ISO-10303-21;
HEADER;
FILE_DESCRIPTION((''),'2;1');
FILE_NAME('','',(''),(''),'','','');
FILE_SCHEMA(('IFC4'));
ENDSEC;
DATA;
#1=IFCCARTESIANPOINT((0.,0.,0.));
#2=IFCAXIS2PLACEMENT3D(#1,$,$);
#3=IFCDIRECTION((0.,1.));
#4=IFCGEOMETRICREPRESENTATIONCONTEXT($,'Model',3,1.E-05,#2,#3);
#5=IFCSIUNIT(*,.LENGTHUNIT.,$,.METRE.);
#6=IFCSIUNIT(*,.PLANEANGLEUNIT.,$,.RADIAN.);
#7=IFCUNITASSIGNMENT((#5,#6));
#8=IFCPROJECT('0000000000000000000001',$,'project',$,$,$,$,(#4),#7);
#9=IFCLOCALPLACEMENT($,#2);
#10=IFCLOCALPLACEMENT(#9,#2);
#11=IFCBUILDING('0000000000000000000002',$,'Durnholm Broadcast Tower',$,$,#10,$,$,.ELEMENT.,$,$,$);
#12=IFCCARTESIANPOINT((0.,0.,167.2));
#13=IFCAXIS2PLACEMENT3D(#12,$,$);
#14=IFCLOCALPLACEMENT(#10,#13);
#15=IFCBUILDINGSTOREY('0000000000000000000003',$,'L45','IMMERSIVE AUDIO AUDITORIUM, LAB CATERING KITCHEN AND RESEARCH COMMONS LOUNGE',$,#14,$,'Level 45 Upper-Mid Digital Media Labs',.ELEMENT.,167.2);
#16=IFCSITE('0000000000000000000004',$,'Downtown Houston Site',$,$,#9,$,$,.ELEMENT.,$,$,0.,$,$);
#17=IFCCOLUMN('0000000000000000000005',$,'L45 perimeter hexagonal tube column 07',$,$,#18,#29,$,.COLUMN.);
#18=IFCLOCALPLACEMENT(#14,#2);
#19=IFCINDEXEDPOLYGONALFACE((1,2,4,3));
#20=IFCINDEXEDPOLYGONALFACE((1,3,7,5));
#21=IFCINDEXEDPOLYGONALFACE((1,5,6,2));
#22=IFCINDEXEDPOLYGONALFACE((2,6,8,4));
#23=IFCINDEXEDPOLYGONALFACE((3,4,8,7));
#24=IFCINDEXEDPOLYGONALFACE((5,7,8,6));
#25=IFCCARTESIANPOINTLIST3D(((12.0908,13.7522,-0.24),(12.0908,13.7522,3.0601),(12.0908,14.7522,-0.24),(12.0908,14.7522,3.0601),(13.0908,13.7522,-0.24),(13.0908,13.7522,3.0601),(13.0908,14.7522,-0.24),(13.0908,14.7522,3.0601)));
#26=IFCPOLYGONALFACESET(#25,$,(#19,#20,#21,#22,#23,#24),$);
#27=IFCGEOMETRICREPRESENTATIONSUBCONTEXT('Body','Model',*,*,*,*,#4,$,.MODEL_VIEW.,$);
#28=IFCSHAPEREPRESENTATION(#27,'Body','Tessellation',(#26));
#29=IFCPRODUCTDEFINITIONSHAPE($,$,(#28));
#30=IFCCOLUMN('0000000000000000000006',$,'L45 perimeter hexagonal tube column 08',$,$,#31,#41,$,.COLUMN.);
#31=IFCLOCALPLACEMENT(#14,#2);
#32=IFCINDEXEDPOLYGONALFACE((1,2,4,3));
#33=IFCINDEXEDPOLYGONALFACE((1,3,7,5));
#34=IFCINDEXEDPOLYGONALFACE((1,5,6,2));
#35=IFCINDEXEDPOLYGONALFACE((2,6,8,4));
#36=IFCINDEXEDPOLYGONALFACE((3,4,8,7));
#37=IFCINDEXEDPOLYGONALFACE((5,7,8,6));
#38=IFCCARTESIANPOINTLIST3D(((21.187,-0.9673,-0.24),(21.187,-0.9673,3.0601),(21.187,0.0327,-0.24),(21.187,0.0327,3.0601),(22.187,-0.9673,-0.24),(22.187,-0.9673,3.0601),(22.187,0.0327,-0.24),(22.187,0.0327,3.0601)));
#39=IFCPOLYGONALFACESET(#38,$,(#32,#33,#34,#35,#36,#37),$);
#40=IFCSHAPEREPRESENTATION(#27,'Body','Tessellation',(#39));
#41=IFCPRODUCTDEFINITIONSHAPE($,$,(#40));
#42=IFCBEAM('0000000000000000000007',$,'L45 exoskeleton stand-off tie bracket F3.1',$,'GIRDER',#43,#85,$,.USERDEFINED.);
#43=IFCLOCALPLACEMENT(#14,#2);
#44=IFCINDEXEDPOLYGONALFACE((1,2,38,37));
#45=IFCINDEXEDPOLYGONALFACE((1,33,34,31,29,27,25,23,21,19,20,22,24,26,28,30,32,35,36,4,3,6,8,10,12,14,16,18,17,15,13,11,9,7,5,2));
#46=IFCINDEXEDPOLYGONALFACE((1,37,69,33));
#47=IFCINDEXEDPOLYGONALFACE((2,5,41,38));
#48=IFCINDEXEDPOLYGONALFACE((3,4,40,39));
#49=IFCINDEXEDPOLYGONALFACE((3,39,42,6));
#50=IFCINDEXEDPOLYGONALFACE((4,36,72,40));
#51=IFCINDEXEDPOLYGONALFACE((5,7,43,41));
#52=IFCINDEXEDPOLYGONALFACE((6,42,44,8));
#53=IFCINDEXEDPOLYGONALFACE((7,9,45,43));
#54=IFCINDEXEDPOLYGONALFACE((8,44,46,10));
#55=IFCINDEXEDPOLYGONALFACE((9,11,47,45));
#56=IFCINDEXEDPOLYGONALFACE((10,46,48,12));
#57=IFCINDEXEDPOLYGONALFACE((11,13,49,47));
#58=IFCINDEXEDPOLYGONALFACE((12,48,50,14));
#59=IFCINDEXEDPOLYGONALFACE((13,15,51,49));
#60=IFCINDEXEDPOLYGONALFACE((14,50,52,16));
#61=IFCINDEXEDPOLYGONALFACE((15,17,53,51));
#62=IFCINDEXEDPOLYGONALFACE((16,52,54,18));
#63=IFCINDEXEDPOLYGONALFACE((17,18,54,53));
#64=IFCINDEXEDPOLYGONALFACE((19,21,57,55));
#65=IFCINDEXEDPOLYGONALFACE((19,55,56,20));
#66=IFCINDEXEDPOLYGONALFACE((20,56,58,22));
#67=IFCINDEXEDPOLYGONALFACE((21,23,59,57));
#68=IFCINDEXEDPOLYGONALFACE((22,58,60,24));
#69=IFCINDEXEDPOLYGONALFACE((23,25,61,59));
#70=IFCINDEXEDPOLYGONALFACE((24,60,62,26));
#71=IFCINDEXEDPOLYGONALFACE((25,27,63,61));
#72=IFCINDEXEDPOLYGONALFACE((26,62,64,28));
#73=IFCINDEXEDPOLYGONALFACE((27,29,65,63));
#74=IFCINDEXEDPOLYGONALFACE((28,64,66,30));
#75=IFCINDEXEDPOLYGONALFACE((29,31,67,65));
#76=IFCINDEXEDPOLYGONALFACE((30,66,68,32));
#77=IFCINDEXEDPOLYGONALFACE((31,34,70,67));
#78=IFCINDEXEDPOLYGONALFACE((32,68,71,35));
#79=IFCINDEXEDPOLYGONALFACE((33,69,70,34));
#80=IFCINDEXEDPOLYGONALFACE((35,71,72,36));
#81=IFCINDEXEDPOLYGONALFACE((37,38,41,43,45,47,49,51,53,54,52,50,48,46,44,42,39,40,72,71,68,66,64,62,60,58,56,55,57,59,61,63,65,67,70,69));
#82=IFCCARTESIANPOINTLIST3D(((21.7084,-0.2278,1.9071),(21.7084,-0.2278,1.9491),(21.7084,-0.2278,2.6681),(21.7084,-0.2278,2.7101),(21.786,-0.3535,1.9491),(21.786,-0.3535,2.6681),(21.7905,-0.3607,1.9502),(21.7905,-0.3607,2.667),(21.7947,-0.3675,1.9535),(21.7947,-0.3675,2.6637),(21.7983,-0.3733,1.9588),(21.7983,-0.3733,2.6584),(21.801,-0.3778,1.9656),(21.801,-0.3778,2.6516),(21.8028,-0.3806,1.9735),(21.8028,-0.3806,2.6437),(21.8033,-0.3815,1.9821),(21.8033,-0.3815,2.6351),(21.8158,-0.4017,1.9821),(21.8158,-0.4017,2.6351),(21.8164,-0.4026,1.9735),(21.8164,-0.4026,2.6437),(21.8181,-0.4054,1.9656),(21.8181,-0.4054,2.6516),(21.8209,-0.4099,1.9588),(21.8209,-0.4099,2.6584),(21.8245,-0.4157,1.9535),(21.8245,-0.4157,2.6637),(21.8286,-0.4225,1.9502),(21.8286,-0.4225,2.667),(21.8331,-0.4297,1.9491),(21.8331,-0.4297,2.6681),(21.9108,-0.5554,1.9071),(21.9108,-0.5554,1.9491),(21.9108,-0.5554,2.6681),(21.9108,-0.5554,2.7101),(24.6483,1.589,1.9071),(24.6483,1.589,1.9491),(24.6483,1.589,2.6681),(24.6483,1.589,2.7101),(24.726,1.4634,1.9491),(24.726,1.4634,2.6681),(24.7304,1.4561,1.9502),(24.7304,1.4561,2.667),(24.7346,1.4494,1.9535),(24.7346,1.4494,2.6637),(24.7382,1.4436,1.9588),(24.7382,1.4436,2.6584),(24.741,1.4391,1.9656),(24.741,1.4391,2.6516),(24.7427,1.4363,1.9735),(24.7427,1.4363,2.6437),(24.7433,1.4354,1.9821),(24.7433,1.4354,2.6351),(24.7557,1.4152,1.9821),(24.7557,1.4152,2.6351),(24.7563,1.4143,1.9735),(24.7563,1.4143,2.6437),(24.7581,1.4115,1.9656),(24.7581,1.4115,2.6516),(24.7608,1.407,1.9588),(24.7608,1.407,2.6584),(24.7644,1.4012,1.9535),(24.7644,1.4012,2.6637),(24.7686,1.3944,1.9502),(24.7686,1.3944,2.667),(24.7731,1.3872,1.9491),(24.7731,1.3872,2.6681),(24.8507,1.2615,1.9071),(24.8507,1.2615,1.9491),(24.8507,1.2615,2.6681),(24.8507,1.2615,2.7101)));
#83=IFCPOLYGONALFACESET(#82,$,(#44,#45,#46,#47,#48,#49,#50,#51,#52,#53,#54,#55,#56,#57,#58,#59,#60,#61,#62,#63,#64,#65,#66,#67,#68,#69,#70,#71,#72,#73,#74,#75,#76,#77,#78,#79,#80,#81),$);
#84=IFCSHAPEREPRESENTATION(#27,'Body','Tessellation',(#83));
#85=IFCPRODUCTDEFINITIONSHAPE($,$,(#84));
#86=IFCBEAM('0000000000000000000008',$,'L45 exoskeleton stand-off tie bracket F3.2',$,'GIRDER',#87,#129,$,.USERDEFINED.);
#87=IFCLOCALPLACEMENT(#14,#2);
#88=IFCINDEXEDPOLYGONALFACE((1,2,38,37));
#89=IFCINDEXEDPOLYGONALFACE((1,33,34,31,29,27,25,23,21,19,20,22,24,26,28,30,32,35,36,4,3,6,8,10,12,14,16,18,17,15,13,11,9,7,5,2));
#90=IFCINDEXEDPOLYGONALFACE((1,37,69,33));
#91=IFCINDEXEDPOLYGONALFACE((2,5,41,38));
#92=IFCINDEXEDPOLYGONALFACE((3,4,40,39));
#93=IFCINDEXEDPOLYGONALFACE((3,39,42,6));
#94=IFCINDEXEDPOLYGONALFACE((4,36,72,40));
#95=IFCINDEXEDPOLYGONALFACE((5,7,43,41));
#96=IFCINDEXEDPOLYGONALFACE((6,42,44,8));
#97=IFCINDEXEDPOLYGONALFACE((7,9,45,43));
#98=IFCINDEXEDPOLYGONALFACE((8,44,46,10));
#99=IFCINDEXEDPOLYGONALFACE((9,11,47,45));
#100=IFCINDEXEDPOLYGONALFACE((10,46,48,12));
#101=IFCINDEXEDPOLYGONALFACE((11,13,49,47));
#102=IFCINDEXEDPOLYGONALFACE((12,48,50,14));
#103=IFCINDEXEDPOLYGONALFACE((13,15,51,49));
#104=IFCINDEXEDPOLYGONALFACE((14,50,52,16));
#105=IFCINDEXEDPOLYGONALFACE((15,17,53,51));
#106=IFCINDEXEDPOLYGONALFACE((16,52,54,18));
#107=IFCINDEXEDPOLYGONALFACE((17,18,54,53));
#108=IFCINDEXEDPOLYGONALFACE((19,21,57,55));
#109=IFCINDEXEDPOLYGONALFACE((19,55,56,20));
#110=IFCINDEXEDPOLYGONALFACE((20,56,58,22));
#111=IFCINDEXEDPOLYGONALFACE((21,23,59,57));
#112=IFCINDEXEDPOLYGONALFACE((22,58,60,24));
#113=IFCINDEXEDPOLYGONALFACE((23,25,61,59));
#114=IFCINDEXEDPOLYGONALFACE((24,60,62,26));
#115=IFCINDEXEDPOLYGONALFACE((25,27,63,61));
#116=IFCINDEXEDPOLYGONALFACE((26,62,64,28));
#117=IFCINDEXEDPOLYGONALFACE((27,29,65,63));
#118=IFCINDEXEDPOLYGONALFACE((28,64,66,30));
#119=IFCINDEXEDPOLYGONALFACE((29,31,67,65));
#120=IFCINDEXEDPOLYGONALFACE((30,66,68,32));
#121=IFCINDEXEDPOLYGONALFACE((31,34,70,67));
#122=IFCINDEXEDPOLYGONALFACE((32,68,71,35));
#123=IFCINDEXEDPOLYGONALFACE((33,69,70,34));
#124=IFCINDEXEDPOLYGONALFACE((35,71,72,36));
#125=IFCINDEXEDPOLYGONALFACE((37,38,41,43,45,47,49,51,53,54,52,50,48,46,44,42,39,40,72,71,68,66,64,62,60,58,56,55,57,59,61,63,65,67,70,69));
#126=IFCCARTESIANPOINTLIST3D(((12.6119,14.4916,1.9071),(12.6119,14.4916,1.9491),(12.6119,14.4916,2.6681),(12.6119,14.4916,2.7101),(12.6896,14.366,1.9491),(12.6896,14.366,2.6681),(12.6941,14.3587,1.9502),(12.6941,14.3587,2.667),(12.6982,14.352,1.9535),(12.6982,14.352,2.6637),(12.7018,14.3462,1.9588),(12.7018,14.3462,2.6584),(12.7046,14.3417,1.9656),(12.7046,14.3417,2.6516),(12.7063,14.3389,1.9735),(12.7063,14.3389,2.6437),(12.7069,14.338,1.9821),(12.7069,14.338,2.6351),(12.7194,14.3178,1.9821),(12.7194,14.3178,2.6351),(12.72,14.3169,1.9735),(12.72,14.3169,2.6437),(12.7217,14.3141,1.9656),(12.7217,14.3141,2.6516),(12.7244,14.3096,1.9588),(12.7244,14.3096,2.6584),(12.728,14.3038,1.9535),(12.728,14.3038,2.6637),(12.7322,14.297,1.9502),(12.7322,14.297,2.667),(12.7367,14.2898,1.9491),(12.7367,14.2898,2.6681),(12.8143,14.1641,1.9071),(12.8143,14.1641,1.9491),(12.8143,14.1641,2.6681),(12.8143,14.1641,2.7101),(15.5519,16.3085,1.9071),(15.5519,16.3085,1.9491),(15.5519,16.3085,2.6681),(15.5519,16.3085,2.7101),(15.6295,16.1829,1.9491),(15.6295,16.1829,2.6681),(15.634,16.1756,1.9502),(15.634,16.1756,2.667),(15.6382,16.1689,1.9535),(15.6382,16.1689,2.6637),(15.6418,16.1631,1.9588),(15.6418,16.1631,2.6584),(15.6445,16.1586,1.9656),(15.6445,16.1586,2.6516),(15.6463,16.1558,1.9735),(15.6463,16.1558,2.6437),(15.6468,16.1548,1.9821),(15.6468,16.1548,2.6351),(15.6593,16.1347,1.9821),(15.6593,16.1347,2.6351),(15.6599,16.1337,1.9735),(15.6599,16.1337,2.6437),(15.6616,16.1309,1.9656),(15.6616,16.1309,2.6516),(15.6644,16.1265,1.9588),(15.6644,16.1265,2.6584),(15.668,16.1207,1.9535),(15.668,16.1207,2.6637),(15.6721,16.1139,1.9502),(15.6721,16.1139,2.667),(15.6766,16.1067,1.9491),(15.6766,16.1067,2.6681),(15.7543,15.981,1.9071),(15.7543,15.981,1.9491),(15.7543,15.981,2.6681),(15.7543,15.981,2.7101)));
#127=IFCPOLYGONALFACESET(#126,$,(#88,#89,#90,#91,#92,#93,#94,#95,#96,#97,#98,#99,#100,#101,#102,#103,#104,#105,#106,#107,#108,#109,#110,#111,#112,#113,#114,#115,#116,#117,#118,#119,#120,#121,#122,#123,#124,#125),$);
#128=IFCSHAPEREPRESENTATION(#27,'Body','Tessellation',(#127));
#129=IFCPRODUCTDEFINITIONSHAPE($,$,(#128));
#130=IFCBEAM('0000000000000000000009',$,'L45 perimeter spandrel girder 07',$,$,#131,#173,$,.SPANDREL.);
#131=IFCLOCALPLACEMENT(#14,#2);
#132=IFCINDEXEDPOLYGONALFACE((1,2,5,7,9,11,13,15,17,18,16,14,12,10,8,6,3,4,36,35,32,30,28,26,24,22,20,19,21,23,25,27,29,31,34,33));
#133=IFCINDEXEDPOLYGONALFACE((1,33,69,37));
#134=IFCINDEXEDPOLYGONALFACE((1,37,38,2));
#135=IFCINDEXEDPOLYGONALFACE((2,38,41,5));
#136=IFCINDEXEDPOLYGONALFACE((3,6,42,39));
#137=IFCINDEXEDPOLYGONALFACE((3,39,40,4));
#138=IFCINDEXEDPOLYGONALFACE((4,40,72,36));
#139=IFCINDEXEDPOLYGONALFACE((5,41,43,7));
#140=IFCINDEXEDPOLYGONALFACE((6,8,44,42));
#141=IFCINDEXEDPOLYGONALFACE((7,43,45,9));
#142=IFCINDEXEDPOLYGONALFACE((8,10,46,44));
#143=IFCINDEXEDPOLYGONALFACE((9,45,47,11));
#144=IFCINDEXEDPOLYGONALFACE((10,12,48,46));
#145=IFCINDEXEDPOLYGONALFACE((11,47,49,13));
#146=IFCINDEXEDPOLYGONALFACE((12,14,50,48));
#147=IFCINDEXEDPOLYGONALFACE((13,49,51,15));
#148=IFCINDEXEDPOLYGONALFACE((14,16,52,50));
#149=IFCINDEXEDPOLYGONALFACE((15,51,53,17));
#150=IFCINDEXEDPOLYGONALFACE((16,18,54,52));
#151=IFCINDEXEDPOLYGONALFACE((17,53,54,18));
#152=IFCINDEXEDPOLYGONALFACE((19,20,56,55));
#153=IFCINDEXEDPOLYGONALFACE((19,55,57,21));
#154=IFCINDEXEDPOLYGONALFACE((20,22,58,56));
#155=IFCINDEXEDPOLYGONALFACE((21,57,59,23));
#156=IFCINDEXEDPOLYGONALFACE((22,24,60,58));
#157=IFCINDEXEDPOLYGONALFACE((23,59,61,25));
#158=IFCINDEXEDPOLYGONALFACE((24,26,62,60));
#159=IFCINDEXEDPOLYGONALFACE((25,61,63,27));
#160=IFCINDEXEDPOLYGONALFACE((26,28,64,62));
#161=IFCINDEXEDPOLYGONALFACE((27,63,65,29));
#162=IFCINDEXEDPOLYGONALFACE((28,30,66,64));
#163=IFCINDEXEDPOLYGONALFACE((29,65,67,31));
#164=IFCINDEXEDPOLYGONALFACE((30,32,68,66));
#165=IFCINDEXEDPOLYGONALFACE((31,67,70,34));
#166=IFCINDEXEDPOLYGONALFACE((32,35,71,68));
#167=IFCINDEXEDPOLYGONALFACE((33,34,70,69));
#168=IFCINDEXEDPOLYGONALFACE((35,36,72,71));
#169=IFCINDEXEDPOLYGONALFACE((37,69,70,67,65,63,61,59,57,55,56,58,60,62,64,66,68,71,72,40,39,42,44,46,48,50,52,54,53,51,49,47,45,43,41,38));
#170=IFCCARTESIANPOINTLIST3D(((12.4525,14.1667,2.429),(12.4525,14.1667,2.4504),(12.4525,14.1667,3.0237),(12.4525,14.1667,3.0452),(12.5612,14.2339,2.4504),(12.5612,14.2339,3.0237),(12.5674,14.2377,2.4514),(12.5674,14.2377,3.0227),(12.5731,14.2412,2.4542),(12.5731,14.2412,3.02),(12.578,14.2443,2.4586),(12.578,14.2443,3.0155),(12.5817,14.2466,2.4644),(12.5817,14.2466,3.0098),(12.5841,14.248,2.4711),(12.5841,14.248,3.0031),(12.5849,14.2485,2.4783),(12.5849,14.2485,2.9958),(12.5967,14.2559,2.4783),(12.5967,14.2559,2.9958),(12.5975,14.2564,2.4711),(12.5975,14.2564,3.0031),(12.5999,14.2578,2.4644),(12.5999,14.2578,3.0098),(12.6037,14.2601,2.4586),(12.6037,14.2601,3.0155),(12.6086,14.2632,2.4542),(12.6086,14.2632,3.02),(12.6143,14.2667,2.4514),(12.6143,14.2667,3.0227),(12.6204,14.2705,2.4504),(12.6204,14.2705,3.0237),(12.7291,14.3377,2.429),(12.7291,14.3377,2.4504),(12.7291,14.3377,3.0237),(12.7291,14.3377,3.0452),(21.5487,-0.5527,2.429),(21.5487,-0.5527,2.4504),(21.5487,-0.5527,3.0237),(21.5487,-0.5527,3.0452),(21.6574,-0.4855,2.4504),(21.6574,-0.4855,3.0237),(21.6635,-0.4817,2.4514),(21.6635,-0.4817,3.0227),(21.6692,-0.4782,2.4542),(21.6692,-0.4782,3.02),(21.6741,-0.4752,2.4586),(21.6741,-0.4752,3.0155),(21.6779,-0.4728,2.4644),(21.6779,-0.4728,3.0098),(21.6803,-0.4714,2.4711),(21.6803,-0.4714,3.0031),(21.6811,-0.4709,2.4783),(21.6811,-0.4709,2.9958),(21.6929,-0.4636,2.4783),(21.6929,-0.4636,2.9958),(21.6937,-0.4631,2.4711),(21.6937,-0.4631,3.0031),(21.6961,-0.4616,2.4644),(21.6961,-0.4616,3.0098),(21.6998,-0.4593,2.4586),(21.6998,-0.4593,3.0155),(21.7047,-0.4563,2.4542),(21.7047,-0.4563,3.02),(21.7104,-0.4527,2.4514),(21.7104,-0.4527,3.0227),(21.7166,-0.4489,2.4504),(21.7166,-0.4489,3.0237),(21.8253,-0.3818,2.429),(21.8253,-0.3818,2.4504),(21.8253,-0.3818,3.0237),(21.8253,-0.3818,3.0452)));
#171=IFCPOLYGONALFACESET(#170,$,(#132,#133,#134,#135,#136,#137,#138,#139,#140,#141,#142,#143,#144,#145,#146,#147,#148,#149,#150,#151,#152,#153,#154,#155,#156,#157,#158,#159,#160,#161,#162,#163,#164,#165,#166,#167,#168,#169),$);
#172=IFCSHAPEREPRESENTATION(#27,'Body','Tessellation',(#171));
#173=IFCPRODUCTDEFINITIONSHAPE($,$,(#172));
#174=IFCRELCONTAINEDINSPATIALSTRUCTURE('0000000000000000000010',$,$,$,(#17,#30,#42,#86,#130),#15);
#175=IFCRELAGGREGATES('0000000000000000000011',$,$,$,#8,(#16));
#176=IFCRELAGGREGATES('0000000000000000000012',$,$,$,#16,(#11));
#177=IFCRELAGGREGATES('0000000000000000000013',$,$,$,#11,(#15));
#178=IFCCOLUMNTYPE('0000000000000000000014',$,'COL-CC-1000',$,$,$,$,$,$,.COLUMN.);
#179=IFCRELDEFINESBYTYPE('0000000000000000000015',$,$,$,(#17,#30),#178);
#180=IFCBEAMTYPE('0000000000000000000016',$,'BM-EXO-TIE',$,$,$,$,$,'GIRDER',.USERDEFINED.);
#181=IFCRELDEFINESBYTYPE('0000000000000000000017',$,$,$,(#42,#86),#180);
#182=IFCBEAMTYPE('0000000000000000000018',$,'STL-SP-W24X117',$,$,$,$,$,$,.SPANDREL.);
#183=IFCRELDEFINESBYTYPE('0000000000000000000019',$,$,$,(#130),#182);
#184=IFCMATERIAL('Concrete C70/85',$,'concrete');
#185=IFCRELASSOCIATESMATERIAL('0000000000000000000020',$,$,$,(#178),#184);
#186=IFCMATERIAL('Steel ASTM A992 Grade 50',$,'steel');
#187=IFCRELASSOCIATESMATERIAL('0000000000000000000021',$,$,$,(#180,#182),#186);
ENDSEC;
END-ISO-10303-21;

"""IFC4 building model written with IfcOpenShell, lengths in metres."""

from ifc_helpers import new_model, si_unit, direction, frame, origin, origin_2d, place, context, subcontext, project, spatial, rectangle, i_section, extrude, source, transform, mapped, material, material_profile, profile_set, type_object, type_shapes, element, save


model = new_model("IFC4")

# Units and contexts
model_context = context("Model", 3, precision=1e-05, world=origin(), true_north=direction((0.0, 1.0)))
body_context = subcontext(model_context, "Body", "Model", "MODEL_VIEW")
ifc_project = project(units=[si_unit("LENGTHUNIT", "METRE"), si_unit("PLANEANGLEUNIT", "RADIAN")], contexts=[model_context])

# Site, building, storey
site_placement = place(None, origin())
site = spatial("IfcSite", under=ifc_project, at=site_placement, Name="Downtown Houston Site", CompositionType="ELEMENT", RefElevation=0.0)
building_placement = place(site_placement, origin())
building = spatial("IfcBuilding", under=site, at=building_placement, Name="Durnholm Broadcast Tower", CompositionType="ELEMENT")
storey_placement = place(building_placement, frame((0.0, 0.0, 167.2)))
storey = spatial("IfcBuildingStorey", under=building, at=storey_placement, Name="L45", Description="IMMERSIVE AUDIO AUDITORIUM, LAB CATERING KITCHEN AND RESEARCH COMMONS LOUNGE", LongName="Level 45 Upper-Mid Digital Media Labs", CompositionType="ELEMENT", Elevation=167.2)

# Columns
ifc_material_1 = material(Name="Concrete C70/85", Category="concrete")
ifc_material_profile_1 = material_profile(ifc_material_1, rectangle(XDim=1.0, YDim=1.0, at=origin_2d()), Name="RC1000X1000")
ifc_profile_set_1 = profile_set([ifc_material_profile_1], Name="Concrete C70/85")
column_type = type_object("IfcColumnType", Name="COL-CC-1000", PredefinedType="COLUMN", material=ifc_profile_set_1)
shared_shape_1 = source(origin(), body_context, "Body", "SweptSolid", [
    extrude(rectangle(XDim=1.0, YDim=1.0, at=origin_2d()), origin(), (0.0, 0.0, 1.0), 3.3),
])
type_shapes(column_type, [shared_shape_1])
for number, where, z_axis, x_axis, name in (
    (1, (12.5908, 14.2522, -0.24), (0.0, 0.0, 1.0), (1.0, 0.0, 0.0), "L45 perimeter hexagonal tube column 07"),
    (2, (21.687, -0.4673, -0.24), (0.0, 0.0, 1.0), (1.0, 0.0, 0.0), "L45 perimeter hexagonal tube column 08"),
):
    element("IfcColumn", number, at=place(storey_placement, frame(where, z_axis=z_axis, x_axis=x_axis)), inside=storey, type_object=column_type, Name=name, PredefinedType="COLUMN", context=body_context, shape_type="MappedRepresentation", body=[
        mapped(shared_shape_1, transform((0.0, 0.0, 0.0), x_axis=(1.0, 0.0, 0.0), y_axis=(0.0, 1.0, 0.0), z_axis=(0.0, 0.0, 1.0), scale=1.0)),
    ])

# Beams
ifc_material_2 = material(Name="Steel ASTM A992 Grade 50", Category="steel")
ifc_material_profile_2 = material_profile(ifc_material_2, i_section(OverallWidth=0.385, OverallDepth=0.803, WebThickness=0.0237, FlangeThickness=0.042, FilletRadius=0.033, at=origin_2d()), Name="W30X261")
ifc_profile_set_2 = profile_set([ifc_material_profile_2], Name="Steel ASTM A992 Grade 50")
beam_type_1 = type_object("IfcBeamType", Name="BM-EXO-TIE", ElementType="GIRDER", PredefinedType="USERDEFINED", material=ifc_profile_set_2)
shared_shape_2 = source(origin(), body_context, "Body", "SweptSolid", [
    extrude(i_section(OverallWidth=0.385, OverallDepth=0.803, WebThickness=0.0237, FlangeThickness=0.042, FilletRadius=0.033, at=origin_2d()), origin(), (0.0, 0.0, 1.0), 3.4561),
])
for number, where, z_axis, x_axis, name in (
    (3, (21.8096, -0.3916, 2.3086), (0.850662, 0.525712, 0.0), (-0.525712, 0.850662, 0.0), "L45 exoskeleton stand-off tie bracket F3.1"),
    (4, (12.7131, 14.3279, 2.3086), (0.850662, 0.525712, 0.0), (-0.525712, 0.850662, 0.0), "L45 exoskeleton stand-off tie bracket F3.2"),
):
    element("IfcBeam", number, at=place(storey_placement, frame(where, z_axis=z_axis, x_axis=x_axis)), inside=storey, type_object=beam_type_1, Name=name, ObjectType="GIRDER", PredefinedType="USERDEFINED", context=body_context, shape_type="MappedRepresentation", body=[
        mapped(shared_shape_2, transform((0.0, 0.0, 0.0), x_axis=(1.0, 0.0, 0.0), y_axis=(0.0, 1.0, 0.0), z_axis=(0.0, 0.0, 1.0), scale=1.0)),
    ])
ifc_material_profile_3 = material_profile(ifc_material_2, i_section(OverallWidth=0.3252, OverallDepth=0.6162, WebThickness=0.0139, FlangeThickness=0.0215, FilletRadius=0.0278, at=origin_2d()), Name="W24X117")
ifc_profile_set_3 = profile_set([ifc_material_profile_3], Name="Steel ASTM A992 Grade 50")
beam_type_2 = type_object("IfcBeamType", Name="STL-SP-W24X117", PredefinedType="SPANDREL", material=ifc_profile_set_3)
shared_shape_3 = source(origin(), body_context, "Body", "SweptSolid", [
    extrude(i_section(OverallWidth=0.3252, OverallDepth=0.6162, WebThickness=0.0139, FlangeThickness=0.0215, FilletRadius=0.0278, at=origin_2d()), origin(), (0.0, 0.0, 1.0), 17.3032),
])
beam_1_placement = place(storey_placement, frame((12.5908, 14.2522, 2.7371), z_axis=(0.525691, -0.850675, 0.0), x_axis=(0.850675, 0.525691, 0.0)))
element("IfcBeam", 5, at=beam_1_placement, inside=storey, type_object=beam_type_2, Name="L45 perimeter spandrel girder 07", PredefinedType="SPANDREL", context=body_context, shape_type="MappedRepresentation", body=[
    mapped(shared_shape_3, transform((0.0, 0.0, 0.0), x_axis=(1.0, 0.0, 0.0), y_axis=(0.0, 1.0, 0.0), z_axis=(0.0, 0.0, 1.0), scale=1.0)),
])

save(model, "model.ifc")
